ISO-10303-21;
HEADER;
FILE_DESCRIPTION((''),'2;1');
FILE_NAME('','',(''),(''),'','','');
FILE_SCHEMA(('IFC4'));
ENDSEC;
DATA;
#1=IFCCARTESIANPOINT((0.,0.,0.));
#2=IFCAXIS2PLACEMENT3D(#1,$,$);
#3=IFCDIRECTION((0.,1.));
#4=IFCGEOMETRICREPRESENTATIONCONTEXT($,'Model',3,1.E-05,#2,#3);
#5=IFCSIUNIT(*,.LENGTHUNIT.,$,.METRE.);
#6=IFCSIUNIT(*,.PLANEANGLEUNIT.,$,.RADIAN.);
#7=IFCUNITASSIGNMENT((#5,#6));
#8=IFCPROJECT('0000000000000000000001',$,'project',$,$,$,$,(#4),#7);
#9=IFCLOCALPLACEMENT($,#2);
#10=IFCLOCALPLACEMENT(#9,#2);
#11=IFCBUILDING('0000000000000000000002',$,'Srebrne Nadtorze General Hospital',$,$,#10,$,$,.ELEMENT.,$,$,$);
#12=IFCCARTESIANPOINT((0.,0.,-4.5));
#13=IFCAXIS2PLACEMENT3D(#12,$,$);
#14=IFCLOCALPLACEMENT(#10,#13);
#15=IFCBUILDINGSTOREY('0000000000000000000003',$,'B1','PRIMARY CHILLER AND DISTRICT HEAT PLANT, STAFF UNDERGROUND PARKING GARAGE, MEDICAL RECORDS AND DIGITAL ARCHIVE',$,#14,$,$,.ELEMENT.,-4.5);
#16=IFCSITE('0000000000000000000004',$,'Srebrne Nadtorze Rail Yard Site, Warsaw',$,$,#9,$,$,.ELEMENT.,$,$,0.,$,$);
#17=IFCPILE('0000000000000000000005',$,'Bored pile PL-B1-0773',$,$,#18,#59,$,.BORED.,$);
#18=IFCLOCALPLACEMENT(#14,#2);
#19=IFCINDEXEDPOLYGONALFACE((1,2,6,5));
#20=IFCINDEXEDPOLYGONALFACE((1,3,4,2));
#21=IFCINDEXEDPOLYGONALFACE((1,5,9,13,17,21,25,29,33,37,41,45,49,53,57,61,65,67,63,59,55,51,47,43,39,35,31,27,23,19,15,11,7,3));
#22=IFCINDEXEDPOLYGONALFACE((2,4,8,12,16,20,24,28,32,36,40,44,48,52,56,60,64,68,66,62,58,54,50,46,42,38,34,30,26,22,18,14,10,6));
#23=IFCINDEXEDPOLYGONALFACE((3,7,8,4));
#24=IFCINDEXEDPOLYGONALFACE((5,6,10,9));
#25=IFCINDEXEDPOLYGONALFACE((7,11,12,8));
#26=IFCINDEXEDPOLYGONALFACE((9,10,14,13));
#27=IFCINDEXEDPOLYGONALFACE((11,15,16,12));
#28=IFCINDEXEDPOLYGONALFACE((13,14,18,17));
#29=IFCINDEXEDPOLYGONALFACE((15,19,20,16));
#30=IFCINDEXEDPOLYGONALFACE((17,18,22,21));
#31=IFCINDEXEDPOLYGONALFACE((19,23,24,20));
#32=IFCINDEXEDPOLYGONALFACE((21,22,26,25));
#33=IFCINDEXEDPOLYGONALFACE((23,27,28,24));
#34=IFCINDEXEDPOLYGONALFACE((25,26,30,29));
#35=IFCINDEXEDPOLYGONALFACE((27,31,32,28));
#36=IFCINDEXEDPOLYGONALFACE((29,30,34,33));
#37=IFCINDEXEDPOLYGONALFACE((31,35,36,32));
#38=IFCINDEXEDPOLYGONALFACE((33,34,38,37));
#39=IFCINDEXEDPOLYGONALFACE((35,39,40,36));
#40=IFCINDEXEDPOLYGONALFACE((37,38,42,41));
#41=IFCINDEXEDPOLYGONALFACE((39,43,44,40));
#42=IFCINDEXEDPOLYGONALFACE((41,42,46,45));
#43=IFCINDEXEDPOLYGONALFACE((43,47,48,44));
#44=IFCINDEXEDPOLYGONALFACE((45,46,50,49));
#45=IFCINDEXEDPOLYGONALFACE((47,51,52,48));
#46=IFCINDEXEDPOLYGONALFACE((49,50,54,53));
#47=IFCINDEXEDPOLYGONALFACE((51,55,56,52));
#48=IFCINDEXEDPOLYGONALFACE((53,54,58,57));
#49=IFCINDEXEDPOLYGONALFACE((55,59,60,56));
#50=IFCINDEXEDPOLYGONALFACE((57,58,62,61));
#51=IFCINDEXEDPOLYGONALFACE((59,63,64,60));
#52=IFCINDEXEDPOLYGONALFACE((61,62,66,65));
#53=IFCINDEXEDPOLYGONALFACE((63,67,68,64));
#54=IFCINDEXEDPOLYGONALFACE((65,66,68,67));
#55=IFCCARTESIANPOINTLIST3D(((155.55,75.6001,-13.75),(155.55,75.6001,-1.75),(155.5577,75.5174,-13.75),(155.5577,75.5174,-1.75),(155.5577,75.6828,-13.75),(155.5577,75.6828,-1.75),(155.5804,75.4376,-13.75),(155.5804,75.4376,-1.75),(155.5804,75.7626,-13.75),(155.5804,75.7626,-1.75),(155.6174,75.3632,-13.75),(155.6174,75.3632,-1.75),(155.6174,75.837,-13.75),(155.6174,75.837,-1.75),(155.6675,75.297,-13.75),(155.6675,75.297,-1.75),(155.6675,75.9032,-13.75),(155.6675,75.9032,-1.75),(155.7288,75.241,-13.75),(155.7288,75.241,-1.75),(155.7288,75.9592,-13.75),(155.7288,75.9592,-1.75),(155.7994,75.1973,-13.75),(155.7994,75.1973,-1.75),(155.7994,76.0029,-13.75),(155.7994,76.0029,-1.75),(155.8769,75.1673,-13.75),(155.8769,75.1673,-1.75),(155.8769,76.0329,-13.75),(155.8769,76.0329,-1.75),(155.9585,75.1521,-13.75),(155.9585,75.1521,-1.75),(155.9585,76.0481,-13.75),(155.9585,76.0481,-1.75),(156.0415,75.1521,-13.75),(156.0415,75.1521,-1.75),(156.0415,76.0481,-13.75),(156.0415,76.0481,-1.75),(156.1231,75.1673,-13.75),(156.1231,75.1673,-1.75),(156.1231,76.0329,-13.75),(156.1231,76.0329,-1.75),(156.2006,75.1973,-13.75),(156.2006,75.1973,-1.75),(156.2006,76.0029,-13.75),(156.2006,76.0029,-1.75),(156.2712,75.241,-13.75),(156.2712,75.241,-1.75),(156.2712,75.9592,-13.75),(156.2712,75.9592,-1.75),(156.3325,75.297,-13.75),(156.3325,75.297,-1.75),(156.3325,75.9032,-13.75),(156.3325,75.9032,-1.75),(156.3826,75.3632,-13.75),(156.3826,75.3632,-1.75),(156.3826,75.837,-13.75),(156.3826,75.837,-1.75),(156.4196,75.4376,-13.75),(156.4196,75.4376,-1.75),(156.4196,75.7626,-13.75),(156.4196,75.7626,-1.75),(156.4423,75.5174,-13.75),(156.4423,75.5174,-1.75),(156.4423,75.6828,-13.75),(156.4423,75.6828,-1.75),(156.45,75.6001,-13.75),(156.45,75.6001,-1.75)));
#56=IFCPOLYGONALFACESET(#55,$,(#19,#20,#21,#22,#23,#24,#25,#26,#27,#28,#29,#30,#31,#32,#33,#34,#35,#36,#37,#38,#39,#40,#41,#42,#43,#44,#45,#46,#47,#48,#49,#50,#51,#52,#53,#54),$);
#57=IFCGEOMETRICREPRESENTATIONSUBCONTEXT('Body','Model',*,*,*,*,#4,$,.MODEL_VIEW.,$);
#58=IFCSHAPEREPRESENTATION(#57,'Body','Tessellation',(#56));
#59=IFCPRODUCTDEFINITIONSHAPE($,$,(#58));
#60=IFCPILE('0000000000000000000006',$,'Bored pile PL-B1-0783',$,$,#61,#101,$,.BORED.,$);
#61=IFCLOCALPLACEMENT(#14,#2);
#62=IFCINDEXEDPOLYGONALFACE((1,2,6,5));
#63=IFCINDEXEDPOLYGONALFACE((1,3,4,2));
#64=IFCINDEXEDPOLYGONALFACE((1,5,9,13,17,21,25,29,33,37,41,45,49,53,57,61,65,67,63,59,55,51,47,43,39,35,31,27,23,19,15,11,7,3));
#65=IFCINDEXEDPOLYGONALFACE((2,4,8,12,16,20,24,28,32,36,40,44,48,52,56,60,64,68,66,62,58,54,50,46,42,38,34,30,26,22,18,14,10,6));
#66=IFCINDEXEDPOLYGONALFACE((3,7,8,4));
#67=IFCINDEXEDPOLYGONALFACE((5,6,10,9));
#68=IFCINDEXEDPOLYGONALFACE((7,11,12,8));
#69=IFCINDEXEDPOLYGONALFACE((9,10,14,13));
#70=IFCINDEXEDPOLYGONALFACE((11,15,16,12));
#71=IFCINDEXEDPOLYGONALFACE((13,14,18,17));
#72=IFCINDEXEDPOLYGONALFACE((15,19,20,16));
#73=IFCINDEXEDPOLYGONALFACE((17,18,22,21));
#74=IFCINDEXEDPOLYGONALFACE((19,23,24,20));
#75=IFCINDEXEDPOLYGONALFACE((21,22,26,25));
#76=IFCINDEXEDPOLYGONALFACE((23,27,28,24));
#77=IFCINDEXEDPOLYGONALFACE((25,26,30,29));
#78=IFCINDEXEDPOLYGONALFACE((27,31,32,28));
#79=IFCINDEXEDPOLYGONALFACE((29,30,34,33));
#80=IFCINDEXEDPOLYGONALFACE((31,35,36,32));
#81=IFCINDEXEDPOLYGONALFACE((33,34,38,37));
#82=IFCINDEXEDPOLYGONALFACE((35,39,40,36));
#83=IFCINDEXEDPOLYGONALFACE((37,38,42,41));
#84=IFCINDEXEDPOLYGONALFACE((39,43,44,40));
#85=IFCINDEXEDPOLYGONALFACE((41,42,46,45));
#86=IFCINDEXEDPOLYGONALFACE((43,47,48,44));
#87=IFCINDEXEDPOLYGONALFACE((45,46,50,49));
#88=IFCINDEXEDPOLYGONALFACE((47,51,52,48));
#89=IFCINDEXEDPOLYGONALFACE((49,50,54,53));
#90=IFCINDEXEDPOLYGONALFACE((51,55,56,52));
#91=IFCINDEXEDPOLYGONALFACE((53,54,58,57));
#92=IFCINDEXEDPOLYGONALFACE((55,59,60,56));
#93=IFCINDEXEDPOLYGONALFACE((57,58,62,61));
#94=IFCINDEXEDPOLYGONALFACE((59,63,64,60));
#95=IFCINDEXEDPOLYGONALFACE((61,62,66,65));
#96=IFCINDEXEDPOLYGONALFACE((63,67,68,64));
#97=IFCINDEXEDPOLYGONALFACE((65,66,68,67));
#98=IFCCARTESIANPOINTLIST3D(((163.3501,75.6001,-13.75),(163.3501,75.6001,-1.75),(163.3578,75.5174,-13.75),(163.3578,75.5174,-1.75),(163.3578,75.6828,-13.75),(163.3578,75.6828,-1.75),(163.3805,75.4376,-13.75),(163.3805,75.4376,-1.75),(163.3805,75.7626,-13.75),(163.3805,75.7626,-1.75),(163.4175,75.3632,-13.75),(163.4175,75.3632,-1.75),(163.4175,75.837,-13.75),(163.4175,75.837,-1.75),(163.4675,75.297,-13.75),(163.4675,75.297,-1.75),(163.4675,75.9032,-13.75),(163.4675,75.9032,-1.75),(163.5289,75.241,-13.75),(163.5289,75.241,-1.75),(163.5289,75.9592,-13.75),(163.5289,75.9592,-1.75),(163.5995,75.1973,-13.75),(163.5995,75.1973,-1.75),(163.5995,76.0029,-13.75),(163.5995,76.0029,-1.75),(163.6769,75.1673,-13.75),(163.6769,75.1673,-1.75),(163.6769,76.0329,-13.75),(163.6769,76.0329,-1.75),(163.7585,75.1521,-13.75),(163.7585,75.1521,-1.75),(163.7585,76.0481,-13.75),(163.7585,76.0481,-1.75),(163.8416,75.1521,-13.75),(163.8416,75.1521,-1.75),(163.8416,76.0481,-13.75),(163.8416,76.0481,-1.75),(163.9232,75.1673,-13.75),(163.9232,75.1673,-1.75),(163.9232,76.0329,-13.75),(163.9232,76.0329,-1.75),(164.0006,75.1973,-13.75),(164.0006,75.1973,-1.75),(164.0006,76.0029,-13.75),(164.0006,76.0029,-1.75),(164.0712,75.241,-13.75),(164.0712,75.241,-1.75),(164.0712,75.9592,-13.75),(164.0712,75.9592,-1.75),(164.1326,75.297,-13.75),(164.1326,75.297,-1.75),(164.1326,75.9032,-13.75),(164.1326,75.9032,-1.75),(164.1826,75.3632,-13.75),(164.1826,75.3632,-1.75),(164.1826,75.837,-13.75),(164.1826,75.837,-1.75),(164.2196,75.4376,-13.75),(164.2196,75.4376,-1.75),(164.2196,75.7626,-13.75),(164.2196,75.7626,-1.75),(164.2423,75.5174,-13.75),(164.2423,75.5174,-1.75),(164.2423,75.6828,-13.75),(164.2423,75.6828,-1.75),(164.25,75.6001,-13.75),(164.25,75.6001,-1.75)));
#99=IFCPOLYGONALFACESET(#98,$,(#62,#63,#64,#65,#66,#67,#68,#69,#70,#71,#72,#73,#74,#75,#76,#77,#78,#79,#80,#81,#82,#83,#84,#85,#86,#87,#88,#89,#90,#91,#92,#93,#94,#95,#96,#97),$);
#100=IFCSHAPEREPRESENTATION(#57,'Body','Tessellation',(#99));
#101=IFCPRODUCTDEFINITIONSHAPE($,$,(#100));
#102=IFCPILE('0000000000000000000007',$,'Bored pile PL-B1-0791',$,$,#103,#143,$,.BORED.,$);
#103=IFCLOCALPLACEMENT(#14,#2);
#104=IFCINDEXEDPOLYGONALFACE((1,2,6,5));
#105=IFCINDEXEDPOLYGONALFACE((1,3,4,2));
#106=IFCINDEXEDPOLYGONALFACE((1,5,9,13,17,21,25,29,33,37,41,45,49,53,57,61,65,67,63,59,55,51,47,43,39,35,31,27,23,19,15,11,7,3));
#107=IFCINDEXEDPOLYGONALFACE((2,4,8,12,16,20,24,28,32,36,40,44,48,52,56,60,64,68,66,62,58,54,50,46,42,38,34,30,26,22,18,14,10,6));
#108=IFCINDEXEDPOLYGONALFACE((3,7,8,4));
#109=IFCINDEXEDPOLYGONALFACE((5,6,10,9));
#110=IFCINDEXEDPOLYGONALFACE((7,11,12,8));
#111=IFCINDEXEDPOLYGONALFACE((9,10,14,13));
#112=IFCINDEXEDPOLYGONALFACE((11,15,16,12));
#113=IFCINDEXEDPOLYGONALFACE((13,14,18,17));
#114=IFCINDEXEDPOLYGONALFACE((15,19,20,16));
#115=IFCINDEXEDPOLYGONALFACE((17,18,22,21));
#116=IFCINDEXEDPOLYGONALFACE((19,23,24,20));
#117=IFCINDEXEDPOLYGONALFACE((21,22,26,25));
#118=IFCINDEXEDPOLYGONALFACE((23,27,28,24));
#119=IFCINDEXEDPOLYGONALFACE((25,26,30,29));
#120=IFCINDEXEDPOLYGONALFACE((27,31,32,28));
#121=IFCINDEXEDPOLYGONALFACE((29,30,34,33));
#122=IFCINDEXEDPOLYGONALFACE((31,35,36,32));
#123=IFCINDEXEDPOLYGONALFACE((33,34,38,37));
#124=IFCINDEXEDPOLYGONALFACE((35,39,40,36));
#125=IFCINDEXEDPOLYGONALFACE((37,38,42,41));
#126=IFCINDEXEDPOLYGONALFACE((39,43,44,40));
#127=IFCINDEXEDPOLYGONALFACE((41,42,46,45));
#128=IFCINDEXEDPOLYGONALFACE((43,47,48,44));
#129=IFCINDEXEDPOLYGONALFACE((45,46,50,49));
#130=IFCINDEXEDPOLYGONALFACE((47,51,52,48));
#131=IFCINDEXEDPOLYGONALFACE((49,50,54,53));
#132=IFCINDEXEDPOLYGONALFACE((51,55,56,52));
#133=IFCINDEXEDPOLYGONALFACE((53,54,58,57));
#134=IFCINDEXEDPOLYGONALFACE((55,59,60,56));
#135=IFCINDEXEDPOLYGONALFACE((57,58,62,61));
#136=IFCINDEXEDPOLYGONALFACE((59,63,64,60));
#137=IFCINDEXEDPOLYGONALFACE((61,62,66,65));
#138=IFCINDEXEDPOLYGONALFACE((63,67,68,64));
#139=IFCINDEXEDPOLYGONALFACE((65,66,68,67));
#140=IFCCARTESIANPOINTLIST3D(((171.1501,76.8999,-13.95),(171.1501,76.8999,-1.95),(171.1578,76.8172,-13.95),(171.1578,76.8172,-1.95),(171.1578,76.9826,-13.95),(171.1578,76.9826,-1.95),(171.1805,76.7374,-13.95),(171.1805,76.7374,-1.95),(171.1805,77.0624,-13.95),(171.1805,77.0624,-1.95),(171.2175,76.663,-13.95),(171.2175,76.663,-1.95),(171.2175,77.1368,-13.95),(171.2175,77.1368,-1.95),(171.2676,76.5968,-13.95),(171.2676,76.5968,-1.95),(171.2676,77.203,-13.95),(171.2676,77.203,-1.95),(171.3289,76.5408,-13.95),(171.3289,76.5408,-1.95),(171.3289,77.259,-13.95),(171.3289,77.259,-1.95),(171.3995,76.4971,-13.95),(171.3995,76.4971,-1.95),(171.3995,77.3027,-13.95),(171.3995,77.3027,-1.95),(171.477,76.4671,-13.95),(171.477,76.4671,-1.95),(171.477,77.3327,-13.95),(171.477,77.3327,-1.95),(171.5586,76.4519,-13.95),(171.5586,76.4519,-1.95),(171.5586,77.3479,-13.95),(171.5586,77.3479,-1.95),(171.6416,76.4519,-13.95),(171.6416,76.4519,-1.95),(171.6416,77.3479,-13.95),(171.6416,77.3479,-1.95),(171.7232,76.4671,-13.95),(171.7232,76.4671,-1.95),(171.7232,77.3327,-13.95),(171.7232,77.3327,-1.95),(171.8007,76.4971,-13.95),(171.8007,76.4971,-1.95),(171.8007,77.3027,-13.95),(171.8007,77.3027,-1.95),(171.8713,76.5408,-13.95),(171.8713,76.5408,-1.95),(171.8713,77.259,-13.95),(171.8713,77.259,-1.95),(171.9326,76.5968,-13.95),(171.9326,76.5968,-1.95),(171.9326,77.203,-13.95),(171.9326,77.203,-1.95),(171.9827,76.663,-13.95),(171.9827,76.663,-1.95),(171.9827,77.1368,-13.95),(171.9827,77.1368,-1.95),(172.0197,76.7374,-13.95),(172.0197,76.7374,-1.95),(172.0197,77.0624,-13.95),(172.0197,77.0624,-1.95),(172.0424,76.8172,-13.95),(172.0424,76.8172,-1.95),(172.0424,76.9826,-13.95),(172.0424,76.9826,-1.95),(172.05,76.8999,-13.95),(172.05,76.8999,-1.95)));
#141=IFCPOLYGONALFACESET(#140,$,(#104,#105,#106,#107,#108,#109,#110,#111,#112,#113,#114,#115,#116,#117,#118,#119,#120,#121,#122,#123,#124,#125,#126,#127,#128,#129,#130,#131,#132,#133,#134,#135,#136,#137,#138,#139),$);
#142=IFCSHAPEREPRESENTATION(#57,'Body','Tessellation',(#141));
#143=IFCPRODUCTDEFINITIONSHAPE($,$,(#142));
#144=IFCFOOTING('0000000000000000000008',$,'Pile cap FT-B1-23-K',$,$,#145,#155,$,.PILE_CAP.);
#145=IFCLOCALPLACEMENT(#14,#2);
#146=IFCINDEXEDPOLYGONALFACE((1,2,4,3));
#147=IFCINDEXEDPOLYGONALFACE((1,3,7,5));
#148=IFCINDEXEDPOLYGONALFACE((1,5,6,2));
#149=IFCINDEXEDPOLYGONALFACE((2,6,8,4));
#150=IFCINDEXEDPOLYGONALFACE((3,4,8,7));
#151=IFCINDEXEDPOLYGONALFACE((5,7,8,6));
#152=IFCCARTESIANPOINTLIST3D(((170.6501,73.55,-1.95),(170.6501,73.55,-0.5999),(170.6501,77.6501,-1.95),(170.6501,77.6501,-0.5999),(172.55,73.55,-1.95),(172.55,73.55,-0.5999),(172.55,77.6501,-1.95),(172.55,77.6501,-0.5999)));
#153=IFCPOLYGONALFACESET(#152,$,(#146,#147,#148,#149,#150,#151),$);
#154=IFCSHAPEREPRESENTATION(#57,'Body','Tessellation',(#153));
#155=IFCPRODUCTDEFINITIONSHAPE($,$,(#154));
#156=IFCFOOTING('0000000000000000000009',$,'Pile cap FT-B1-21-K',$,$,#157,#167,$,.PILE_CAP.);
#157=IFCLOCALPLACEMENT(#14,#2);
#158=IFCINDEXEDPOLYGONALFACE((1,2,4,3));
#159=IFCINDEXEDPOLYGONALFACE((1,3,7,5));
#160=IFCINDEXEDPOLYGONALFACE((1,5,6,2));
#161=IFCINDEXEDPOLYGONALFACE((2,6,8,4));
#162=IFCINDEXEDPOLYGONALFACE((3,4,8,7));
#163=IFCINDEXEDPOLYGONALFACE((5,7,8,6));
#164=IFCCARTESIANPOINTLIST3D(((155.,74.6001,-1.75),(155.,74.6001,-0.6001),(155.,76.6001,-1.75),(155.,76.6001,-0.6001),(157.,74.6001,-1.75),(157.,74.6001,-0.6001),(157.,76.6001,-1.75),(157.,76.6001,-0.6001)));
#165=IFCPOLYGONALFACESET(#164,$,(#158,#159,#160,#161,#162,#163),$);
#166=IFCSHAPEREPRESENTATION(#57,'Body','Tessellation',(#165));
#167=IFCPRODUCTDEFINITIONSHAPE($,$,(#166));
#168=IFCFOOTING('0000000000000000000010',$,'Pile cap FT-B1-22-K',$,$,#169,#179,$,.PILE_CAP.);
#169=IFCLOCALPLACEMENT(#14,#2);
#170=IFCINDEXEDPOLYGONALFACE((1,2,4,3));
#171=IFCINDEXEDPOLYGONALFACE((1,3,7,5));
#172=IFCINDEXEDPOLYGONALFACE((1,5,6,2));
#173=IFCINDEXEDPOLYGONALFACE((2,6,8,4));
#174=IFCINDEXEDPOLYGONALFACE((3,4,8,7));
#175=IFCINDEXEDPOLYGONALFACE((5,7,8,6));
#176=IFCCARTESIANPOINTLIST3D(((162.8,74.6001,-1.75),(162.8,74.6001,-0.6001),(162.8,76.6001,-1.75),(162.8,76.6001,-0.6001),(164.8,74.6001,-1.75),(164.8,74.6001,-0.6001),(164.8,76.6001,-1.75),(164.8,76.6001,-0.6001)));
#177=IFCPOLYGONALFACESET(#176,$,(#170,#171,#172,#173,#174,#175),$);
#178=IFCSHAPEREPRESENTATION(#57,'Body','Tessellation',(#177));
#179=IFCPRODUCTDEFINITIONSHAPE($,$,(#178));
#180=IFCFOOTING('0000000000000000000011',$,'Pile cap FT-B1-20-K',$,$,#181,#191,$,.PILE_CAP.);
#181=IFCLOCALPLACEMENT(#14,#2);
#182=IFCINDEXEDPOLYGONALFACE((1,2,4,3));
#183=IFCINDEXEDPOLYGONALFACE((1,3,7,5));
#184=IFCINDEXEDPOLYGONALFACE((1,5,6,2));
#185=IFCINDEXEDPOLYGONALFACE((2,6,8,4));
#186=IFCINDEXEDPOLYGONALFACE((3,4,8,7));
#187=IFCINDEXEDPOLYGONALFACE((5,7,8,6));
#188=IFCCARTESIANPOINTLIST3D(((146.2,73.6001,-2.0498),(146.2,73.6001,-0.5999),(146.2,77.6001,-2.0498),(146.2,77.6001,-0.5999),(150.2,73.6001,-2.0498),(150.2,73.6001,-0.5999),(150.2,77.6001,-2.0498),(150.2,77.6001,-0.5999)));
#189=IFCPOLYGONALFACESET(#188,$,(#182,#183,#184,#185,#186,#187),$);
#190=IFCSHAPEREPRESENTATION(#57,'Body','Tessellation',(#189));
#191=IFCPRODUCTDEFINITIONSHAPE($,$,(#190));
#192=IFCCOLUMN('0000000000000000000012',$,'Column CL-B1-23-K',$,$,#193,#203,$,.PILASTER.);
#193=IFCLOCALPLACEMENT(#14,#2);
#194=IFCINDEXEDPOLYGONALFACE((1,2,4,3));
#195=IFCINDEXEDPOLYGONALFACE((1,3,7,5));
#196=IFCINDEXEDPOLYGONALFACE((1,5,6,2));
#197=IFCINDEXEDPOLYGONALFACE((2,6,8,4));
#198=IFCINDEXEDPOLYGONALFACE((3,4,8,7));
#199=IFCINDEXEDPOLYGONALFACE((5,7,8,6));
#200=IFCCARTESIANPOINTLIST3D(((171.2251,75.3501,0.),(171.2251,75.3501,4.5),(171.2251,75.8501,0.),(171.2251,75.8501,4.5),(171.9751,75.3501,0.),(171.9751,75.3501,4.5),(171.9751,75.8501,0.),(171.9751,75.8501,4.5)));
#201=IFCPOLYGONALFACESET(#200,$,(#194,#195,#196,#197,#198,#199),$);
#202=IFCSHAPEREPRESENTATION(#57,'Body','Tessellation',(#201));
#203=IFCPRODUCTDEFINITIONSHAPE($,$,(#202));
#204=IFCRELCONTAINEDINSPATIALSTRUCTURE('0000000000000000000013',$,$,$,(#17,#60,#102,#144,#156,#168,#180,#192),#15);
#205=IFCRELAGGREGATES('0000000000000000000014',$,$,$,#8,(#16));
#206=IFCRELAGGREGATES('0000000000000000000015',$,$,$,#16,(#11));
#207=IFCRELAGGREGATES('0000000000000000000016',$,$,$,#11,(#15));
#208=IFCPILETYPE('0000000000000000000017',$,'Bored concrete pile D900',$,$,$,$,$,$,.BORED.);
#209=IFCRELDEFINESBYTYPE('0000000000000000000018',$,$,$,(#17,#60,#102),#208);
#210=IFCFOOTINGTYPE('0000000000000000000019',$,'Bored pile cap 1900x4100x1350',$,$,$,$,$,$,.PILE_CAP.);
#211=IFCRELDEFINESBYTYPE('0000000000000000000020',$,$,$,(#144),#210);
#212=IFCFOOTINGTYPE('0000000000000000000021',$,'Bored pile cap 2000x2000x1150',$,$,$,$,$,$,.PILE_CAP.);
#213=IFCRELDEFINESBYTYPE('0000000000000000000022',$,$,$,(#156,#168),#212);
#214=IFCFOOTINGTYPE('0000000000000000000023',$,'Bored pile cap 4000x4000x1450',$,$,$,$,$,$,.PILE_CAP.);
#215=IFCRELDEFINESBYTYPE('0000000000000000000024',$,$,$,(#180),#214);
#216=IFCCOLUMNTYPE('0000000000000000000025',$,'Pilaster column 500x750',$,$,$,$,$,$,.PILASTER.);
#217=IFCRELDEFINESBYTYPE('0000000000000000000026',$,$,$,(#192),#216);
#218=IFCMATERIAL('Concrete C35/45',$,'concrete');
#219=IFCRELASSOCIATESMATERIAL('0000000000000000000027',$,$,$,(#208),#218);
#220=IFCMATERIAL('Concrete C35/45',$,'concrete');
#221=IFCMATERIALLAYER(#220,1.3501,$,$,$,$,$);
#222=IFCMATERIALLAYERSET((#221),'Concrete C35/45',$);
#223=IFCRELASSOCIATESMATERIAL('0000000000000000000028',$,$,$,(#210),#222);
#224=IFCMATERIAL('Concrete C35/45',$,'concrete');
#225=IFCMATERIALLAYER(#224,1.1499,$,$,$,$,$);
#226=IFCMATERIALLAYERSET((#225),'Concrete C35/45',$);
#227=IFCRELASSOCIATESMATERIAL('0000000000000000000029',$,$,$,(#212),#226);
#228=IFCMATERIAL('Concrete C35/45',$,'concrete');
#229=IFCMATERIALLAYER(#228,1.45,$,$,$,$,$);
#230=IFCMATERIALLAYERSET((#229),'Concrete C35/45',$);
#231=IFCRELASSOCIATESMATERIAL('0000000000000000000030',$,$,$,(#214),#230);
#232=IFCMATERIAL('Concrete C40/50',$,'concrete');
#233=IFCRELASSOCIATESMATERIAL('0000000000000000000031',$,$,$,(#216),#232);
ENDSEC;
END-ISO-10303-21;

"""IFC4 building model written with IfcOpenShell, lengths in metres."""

from ifc_helpers import new_model, si_unit, direction, frame, origin, origin_2d, place, context, subcontext, project, spatial, rectangle, circle, extrude, material, layer, layer_set, material_profile, profile_set, type_object, element, save


model = new_model("IFC4")

# Units and contexts
model_context = context("Model", 3, precision=1e-05, world=origin(), true_north=direction((0.0, 1.0)))
body_context = subcontext(model_context, "Body", "Model", "MODEL_VIEW")
ifc_project = project(units=[si_unit("LENGTHUNIT", "METRE"), si_unit("PLANEANGLEUNIT", "RADIAN")], contexts=[model_context])

# Site, building, storey
site_placement = place(None, origin())
site = spatial("IfcSite", under=ifc_project, at=site_placement, Name="Srebrne Nadtorze Rail Yard Site, Warsaw", CompositionType="ELEMENT", RefElevation=0.0)
building_placement = place(site_placement, origin())
building = spatial("IfcBuilding", under=site, at=building_placement, Name="Srebrne Nadtorze General Hospital", CompositionType="ELEMENT")
storey_placement = place(building_placement, frame((0.0, 0.0, -4.5)))
storey = spatial("IfcBuildingStorey", under=building, at=storey_placement, Name="B1", Description="PRIMARY CHILLER AND DISTRICT HEAT PLANT, STAFF UNDERGROUND PARKING GARAGE, MEDICAL RECORDS AND DIGITAL ARCHIVE", CompositionType="ELEMENT", Elevation=-4.5)

# Piles
ifc_material_1 = material(Name="Concrete C35/45", Category="concrete")
ifc_material_profile_1 = material_profile(ifc_material_1, circle(Radius=0.45, at=origin_2d()), Name="PILE-D900")
ifc_profile_set_1 = profile_set([ifc_material_profile_1], Name="Concrete C35/45")
pile_type_1 = type_object("IfcPileType", Name="Bored concrete pile D900", PredefinedType="BORED", material=ifc_profile_set_1)
for number, where, z_axis, x_axis, name in (
    (1, (156.0, 75.6001, -1.75), (0.0, 0.0, -1.0), (1.0, 0.0, 0.0), "Bored pile PL-B1-0773"),
    (2, (163.8, 75.6001, -1.75), (0.0, 0.0, -1.0), (1.0, 0.0, 0.0), "Bored pile PL-B1-0783"),
    (3, (171.6001, 76.8999, -1.95), (0.0, 0.0, -1.0), (1.0, 0.0, 0.0), "Bored pile PL-B1-0791"),
):
    element("IfcPile", number, at=place(storey_placement, frame(where, z_axis=z_axis, x_axis=x_axis)), inside=storey, type_object=pile_type_1, Name=name, PredefinedType="BORED", context=body_context, shape_type="SweptSolid", body=[
        extrude(circle(Radius=0.45, at=origin_2d()), origin(), (0.0, 0.0, 1.0), 12.0),
    ])

# Footings
ifc_material_2 = material(Name="Concrete C35/45", Category="concrete")
ifc_layer_1 = layer(ifc_material_2, 1.3501)
ifc_layer_set_1 = layer_set([ifc_layer_1], Name="Concrete C35/45")
footing_type_1 = type_object("IfcFootingType", Name="Bored pile cap 1900x4100x1350", PredefinedType="PILE_CAP", material=ifc_layer_set_1)
footing_1_placement = place(storey_placement, frame((171.6001, 75.6001, -1.95), z_axis=(0.0, 0.0, 1.0), x_axis=(1.0, 0.0, 0.0)))
element("IfcFooting", 4, at=footing_1_placement, inside=storey, type_object=footing_type_1, Name="Pile cap FT-B1-23-K", PredefinedType="PILE_CAP", context=body_context, shape_type="SweptSolid", body=[
    extrude(rectangle(XDim=1.8999, YDim=4.1001, at=origin_2d()), origin(), (0.0, 0.0, 1.0), 1.3501),
])
ifc_material_3 = material(Name="Concrete C35/45", Category="concrete")
ifc_layer_2 = layer(ifc_material_3, 1.1499)
ifc_layer_set_2 = layer_set([ifc_layer_2], Name="Concrete C35/45")
footing_type_2 = type_object("IfcFootingType", Name="Bored pile cap 2000x2000x1150", PredefinedType="PILE_CAP", material=ifc_layer_set_2)
for number, where, z_axis, x_axis, name in (
    (5, (156.0, 75.6001, -1.75), (0.0, 0.0, 1.0), (1.0, 0.0, 0.0), "Pile cap FT-B1-21-K"),
    (6, (163.8, 75.6001, -1.75), (0.0, 0.0, 1.0), (1.0, 0.0, 0.0), "Pile cap FT-B1-22-K"),
):
    element("IfcFooting", number, at=place(storey_placement, frame(where, z_axis=z_axis, x_axis=x_axis)), inside=storey, type_object=footing_type_2, Name=name, PredefinedType="PILE_CAP", context=body_context, shape_type="SweptSolid", body=[
        extrude(rectangle(XDim=2.0, YDim=2.0, at=origin_2d()), origin(), (0.0, 0.0, 1.0), 1.1499),
    ])
ifc_material_4 = material(Name="Concrete C35/45", Category="concrete")
ifc_layer_3 = layer(ifc_material_4, 1.45)
ifc_layer_set_3 = layer_set([ifc_layer_3], Name="Concrete C35/45")
footing_type_3 = type_object("IfcFootingType", Name="Bored pile cap 4000x4000x1450", PredefinedType="PILE_CAP", material=ifc_layer_set_3)
footing_2_placement = place(storey_placement, frame((148.2, 75.6001, -2.0498), z_axis=(0.0, 0.0, 1.0), x_axis=(1.0, 0.0, 0.0)))
element("IfcFooting", 7, at=footing_2_placement, inside=storey, type_object=footing_type_3, Name="Pile cap FT-B1-20-K", PredefinedType="PILE_CAP", context=body_context, shape_type="SweptSolid", body=[
    extrude(rectangle(XDim=4.0, YDim=4.0, at=origin_2d()), origin(), (0.0, 0.0, 1.0), 1.45),
])

# Column
ifc_material_5 = material(Name="Concrete C40/50", Category="concrete")
ifc_material_profile_2 = material_profile(ifc_material_5, rectangle(XDim=0.5, YDim=0.75, at=origin_2d()), Name="RC-PIL-500x750")
ifc_profile_set_2 = profile_set([ifc_material_profile_2], Name="Concrete C40/50")
column_type_1 = type_object("IfcColumnType", Name="Pilaster column 500x750", PredefinedType="PILASTER", material=ifc_profile_set_2)
column_1_placement = place(storey_placement, frame((171.6001, 75.6001, 0.0), z_axis=(0.0, 0.0, 1.0), x_axis=(0.0, 1.0, 0.0)))
element("IfcColumn", 8, at=column_1_placement, inside=storey, type_object=column_type_1, Name="Column CL-B1-23-K", PredefinedType="PILASTER", context=body_context, shape_type="SweptSolid", body=[
    extrude(rectangle(XDim=0.5, YDim=0.75, at=origin_2d()), origin(), (0.0, 0.0, 1.0), 4.5),
])

save(model, "model.ifc")
